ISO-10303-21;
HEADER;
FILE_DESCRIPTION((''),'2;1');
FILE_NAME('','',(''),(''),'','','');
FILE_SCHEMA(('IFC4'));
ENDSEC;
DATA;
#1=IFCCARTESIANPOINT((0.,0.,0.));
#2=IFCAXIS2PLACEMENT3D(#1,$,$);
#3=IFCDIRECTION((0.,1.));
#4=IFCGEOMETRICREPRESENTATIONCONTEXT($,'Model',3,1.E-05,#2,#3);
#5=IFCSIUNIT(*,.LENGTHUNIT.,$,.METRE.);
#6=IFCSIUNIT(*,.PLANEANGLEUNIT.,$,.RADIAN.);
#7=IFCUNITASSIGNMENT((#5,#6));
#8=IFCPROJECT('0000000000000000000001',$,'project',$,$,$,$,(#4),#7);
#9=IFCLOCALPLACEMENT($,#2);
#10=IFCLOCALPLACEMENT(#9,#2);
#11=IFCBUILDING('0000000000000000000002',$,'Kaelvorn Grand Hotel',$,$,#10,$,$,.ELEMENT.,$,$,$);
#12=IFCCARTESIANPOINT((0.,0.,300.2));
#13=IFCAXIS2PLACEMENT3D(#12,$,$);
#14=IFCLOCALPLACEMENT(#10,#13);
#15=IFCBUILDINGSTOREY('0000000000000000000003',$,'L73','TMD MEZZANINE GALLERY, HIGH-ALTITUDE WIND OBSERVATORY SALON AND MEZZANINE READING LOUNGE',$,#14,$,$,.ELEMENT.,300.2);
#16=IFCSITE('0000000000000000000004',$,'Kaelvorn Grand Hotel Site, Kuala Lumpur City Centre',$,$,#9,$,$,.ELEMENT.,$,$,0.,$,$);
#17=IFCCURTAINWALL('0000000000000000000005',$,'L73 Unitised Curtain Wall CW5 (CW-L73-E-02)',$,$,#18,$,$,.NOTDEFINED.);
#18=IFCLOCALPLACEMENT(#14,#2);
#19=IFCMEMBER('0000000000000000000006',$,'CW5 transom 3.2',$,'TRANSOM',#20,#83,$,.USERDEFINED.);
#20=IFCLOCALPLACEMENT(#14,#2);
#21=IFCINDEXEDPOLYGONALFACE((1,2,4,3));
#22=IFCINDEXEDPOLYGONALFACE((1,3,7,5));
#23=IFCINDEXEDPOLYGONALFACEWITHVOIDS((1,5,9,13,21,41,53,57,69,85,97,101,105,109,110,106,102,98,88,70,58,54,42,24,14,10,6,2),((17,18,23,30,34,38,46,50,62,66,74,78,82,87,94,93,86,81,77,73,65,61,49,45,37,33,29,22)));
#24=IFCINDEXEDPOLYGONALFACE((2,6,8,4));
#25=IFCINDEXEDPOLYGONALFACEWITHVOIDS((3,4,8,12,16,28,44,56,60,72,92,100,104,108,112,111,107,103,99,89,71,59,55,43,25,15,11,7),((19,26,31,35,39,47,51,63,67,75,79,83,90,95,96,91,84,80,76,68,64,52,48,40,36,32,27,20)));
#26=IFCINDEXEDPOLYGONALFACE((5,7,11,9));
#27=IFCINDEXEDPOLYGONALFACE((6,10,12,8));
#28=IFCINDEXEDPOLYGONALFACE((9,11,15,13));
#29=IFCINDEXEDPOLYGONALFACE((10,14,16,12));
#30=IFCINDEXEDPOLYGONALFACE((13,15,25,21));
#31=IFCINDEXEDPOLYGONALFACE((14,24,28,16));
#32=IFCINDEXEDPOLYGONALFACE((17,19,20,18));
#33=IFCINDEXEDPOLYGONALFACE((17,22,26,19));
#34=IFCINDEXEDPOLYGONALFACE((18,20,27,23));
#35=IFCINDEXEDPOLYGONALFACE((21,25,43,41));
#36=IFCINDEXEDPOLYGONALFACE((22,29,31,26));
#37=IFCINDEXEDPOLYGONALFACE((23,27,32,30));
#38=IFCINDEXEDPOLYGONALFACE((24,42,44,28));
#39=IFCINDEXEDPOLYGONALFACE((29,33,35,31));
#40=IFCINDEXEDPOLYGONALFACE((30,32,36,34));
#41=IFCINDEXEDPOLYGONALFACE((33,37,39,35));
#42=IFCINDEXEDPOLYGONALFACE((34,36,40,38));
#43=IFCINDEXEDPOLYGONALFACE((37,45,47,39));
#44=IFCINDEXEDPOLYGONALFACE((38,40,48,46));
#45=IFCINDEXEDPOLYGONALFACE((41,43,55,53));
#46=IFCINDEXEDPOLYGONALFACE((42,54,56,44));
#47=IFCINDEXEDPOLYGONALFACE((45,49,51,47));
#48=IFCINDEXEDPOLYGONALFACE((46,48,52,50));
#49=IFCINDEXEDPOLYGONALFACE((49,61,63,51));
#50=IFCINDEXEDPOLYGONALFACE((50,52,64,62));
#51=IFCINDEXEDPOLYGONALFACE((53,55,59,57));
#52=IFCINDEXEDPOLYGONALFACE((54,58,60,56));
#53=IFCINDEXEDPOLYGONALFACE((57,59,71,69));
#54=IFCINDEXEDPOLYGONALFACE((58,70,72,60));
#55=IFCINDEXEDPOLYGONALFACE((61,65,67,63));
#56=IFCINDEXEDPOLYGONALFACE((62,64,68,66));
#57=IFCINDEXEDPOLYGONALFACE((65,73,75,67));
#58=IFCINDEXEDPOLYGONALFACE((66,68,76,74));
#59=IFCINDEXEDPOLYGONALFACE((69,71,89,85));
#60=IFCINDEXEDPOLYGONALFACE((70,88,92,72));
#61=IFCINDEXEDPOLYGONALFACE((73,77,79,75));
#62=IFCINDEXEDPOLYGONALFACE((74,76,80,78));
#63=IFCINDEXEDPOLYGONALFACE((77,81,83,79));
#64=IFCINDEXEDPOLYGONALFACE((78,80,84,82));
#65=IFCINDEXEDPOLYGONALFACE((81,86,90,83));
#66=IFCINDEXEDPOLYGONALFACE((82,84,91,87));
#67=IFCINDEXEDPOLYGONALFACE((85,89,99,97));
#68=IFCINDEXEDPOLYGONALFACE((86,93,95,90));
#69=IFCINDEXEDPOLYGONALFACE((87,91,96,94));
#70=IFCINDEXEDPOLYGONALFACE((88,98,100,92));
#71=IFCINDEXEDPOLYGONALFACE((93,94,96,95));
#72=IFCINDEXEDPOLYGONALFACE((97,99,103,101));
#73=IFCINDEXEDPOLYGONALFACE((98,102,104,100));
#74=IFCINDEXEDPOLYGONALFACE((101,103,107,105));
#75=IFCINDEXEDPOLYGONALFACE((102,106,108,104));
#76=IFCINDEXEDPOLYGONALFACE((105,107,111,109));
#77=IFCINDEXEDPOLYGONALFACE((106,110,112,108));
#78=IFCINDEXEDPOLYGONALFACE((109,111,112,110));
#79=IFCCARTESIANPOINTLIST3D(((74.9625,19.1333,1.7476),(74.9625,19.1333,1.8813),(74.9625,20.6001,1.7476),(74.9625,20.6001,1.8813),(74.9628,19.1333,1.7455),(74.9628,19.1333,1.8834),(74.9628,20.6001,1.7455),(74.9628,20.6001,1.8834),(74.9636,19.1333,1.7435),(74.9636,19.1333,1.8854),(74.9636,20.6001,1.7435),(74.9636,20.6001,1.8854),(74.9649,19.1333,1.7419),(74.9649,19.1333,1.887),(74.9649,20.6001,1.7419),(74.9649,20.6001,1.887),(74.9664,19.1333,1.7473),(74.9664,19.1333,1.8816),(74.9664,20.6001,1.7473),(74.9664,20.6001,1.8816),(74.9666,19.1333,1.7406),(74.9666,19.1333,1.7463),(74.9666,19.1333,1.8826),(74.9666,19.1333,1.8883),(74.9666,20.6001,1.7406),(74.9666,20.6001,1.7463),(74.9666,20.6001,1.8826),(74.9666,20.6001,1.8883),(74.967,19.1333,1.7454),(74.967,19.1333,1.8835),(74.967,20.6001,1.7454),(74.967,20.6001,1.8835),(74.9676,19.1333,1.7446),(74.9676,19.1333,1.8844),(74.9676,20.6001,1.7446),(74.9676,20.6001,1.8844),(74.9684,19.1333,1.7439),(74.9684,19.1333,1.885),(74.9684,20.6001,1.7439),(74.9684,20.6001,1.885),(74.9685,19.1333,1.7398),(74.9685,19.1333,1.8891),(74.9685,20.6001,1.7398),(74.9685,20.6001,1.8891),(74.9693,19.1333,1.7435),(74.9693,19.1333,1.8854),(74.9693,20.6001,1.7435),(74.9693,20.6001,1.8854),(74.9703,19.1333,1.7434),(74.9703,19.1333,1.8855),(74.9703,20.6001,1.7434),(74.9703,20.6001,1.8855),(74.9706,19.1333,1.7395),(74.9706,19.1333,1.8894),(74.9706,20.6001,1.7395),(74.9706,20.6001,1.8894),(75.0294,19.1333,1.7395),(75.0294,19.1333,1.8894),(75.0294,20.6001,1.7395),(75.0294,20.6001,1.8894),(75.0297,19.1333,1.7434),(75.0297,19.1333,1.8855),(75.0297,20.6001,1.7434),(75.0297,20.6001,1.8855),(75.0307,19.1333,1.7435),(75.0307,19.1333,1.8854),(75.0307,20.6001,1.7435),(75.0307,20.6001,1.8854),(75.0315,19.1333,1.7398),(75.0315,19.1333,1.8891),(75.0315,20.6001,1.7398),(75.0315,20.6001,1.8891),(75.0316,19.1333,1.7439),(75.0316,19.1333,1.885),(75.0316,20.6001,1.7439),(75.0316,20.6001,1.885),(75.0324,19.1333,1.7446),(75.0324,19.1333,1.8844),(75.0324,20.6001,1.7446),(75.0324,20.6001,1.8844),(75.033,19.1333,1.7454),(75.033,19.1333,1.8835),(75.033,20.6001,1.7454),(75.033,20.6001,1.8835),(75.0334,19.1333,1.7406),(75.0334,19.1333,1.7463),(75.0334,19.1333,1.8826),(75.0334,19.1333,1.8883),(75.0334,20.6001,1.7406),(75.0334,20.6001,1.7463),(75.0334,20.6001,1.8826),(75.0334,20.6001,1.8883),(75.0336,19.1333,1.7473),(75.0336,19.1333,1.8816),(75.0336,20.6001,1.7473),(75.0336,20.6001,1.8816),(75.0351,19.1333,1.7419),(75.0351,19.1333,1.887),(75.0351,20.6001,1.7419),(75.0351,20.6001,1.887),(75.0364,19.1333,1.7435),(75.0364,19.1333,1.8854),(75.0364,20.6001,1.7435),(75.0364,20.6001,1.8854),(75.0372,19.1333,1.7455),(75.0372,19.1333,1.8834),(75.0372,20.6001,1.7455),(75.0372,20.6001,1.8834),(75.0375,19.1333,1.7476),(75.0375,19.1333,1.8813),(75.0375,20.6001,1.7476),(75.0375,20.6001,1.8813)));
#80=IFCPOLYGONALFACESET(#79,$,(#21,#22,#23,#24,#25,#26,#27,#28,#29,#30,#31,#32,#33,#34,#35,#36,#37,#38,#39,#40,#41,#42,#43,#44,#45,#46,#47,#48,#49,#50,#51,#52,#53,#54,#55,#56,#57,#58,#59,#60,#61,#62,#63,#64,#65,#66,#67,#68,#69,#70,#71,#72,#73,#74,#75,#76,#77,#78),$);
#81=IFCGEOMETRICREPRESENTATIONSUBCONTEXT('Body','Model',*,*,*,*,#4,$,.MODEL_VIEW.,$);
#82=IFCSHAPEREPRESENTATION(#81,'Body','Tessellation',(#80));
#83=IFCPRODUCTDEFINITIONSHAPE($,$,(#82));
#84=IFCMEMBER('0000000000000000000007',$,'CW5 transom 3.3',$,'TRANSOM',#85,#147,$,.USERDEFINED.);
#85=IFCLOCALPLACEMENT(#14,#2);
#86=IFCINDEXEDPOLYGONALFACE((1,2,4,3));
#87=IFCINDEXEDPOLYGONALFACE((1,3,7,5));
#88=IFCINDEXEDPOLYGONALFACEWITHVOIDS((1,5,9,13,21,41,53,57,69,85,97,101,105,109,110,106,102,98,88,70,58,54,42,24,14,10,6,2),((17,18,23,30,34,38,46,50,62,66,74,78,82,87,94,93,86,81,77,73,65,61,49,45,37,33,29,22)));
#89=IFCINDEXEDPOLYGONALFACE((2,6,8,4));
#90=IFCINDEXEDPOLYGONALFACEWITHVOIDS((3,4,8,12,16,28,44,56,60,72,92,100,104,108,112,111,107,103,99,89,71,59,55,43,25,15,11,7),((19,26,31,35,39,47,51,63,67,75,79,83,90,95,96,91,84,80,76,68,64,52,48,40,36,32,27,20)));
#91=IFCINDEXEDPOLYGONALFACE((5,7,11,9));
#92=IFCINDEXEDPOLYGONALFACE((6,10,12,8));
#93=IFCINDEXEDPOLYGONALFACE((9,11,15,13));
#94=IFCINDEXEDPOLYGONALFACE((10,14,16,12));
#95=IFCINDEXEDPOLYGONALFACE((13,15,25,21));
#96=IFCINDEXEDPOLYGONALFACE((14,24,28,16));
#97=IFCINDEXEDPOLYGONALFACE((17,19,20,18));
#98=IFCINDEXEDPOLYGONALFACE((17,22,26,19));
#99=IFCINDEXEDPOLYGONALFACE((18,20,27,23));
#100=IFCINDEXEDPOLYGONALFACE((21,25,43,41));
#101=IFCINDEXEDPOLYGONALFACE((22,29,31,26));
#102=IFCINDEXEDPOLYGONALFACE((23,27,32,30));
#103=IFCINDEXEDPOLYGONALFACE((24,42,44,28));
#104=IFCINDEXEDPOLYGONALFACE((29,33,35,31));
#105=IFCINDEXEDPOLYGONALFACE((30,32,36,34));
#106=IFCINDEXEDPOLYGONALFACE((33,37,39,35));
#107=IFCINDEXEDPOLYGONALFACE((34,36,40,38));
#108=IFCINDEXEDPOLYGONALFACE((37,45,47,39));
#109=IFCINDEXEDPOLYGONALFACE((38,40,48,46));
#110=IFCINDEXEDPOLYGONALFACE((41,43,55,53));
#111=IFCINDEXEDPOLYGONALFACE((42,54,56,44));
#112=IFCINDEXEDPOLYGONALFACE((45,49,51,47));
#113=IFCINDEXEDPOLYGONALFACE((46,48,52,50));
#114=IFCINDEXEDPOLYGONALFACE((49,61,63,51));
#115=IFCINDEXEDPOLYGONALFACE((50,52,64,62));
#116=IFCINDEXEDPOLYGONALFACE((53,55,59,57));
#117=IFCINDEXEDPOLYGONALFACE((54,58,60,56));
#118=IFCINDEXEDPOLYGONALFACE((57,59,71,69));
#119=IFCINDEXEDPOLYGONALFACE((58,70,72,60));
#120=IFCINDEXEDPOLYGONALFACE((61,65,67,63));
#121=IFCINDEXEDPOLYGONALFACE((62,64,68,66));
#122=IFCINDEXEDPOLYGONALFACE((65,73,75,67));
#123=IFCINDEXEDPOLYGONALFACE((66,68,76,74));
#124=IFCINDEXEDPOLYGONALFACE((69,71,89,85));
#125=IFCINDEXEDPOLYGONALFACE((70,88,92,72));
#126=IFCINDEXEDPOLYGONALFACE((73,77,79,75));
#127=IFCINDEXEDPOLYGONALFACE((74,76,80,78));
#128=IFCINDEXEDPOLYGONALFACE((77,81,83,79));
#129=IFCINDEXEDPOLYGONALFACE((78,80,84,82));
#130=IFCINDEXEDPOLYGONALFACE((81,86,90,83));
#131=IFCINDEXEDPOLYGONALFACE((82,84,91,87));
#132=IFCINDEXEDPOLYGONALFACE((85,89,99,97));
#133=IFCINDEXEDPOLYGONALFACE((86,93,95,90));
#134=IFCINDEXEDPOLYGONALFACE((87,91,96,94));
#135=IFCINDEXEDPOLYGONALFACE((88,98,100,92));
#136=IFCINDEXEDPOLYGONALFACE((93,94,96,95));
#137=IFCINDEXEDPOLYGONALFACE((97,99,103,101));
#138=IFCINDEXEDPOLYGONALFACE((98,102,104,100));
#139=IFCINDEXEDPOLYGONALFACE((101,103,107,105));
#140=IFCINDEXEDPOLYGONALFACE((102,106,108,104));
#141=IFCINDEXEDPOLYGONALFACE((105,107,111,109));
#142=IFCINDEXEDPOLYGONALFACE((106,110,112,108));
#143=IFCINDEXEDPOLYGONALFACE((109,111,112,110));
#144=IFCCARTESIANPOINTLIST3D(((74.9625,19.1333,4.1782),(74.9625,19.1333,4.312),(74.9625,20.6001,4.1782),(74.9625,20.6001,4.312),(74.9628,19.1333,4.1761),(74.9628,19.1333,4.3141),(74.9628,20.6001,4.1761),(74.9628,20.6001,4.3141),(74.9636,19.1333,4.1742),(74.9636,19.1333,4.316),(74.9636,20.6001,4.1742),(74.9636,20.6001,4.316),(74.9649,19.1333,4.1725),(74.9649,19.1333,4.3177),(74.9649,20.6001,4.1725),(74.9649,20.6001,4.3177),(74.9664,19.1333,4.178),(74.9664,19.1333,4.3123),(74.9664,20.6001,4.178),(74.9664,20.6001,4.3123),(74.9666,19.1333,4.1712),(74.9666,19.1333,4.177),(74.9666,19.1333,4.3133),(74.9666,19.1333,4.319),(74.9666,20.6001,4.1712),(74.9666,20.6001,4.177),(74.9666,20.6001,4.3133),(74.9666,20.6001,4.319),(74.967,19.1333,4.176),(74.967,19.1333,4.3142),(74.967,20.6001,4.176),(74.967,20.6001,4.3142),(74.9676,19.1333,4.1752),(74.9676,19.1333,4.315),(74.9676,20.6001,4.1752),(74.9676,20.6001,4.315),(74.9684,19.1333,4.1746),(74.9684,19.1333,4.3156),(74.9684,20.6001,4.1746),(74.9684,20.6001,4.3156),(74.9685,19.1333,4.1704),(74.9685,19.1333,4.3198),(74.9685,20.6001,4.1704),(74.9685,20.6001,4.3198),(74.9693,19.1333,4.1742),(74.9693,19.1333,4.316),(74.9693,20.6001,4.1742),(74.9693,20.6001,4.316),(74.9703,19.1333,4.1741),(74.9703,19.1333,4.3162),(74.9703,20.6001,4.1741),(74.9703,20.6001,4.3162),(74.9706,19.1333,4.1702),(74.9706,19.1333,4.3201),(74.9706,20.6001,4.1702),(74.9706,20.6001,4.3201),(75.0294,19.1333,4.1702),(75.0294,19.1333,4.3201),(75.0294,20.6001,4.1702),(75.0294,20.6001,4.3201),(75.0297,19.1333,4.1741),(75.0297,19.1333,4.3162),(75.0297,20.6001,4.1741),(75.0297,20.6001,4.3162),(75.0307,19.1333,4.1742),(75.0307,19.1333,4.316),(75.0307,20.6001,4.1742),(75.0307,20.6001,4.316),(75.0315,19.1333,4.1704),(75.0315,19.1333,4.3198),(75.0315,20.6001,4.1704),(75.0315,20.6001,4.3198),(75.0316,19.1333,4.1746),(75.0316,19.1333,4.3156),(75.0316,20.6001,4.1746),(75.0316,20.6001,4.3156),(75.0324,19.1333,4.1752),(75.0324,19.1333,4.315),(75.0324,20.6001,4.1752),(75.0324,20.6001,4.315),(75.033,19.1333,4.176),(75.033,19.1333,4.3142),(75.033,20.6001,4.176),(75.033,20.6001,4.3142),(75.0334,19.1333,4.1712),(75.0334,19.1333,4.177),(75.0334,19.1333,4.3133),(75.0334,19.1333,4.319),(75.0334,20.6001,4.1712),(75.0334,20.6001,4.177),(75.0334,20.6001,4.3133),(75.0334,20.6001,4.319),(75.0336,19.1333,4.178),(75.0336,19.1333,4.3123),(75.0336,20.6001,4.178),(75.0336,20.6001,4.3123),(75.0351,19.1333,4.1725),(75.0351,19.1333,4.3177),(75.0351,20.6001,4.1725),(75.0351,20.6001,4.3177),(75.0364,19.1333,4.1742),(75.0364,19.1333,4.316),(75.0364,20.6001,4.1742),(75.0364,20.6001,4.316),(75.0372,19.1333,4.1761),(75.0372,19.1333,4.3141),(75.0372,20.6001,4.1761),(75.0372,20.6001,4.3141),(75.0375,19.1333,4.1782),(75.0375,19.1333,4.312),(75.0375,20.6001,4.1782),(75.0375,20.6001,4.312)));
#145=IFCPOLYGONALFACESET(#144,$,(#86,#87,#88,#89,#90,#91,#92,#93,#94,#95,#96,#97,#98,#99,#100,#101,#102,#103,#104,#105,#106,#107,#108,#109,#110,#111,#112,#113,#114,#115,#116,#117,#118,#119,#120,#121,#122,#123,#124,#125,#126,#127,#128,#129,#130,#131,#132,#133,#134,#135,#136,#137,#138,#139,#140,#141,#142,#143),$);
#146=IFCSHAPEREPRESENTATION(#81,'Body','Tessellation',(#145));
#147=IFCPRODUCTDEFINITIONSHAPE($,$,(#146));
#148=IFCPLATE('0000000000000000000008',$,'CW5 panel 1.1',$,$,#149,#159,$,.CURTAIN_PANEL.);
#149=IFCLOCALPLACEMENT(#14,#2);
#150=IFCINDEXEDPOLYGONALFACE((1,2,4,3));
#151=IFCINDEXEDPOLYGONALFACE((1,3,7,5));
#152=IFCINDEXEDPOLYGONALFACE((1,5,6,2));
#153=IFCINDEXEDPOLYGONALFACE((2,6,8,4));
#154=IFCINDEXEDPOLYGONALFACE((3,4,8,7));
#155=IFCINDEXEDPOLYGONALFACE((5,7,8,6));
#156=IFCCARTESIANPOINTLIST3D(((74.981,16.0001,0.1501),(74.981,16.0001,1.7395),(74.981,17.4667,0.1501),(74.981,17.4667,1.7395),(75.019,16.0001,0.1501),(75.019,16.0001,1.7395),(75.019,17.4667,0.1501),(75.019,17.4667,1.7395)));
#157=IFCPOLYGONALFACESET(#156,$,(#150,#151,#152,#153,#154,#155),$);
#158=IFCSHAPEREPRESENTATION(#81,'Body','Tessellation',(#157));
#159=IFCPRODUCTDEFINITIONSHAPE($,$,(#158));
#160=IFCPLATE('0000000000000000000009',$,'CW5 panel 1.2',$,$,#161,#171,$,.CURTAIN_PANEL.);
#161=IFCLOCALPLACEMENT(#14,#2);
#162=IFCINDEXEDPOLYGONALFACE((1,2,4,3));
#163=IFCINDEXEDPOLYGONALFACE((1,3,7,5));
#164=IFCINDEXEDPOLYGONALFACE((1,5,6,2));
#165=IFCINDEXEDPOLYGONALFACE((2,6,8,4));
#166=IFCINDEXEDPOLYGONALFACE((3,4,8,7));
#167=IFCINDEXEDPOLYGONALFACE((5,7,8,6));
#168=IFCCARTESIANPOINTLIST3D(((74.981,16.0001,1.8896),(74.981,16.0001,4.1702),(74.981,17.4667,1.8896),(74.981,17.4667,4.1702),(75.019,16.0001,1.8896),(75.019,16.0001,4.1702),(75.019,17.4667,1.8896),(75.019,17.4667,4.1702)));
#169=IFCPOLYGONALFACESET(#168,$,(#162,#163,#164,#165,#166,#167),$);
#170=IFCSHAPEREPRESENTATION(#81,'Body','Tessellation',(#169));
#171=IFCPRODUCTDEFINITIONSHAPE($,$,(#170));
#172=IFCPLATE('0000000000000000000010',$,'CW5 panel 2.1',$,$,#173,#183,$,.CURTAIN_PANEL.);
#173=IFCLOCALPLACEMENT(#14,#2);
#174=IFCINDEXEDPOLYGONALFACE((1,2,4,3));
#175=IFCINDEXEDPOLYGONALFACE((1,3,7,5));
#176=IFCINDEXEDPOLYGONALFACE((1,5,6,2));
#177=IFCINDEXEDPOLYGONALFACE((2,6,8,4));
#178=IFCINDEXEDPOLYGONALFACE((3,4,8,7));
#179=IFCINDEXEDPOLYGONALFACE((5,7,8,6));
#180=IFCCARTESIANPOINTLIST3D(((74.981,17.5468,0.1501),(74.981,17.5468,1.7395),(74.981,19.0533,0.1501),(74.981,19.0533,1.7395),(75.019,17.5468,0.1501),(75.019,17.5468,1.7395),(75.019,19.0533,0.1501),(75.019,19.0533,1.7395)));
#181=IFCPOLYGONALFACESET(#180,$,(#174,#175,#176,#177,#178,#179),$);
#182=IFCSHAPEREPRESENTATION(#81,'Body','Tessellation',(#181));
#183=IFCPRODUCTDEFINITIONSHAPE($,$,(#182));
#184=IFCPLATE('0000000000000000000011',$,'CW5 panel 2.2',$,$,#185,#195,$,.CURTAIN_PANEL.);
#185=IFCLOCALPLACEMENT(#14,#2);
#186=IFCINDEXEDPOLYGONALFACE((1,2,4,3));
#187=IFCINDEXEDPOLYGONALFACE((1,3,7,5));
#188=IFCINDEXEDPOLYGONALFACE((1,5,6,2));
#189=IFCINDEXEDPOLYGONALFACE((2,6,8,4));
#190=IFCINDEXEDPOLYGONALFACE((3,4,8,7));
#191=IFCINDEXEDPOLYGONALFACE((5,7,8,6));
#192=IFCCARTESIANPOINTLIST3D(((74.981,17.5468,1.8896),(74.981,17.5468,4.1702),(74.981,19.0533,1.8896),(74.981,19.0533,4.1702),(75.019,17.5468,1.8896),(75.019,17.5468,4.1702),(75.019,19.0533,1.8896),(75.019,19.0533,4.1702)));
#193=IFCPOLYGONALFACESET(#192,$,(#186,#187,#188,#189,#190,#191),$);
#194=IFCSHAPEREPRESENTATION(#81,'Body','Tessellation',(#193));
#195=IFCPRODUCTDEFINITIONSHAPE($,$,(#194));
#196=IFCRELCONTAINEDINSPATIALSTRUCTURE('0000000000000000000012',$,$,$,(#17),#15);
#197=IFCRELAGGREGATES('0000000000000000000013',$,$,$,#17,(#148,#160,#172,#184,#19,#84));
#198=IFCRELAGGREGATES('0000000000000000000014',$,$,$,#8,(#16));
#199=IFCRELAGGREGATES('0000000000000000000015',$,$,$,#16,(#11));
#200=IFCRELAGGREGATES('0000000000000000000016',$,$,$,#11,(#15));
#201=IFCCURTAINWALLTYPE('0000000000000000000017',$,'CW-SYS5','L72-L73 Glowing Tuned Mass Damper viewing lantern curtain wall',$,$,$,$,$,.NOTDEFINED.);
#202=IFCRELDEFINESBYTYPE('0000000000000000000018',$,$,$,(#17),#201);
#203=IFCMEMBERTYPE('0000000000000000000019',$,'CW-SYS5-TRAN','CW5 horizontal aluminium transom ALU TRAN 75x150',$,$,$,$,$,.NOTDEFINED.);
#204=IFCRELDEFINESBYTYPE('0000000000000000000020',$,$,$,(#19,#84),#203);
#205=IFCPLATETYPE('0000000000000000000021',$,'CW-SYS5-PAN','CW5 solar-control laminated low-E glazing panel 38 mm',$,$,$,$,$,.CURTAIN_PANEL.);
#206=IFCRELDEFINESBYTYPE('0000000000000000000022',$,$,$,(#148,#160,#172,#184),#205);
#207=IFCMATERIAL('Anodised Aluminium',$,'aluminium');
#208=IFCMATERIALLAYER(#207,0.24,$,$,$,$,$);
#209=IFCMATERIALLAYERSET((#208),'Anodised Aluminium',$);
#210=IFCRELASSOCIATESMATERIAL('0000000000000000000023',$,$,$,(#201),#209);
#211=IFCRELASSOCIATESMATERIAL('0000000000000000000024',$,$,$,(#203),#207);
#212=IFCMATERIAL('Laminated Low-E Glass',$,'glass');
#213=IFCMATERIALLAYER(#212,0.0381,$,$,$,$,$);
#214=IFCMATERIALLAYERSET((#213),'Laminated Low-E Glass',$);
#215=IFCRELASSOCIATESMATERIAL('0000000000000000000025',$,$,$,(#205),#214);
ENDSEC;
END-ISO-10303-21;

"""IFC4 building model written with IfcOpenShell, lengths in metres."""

from ifc_helpers import new_model, si_unit, direction, frame, origin, origin_2d, place, context, subcontext, project, spatial, rectangle, hollow_rectangle, extrude, material, layer, layer_set, material_profile, profile_set, type_object, element, aggregate, save


model = new_model("IFC4")

# Units and contexts
model_context = context("Model", 3, precision=1e-05, world=origin(), true_north=direction((0.0, 1.0)))
body_context = subcontext(model_context, "Body", "Model", "MODEL_VIEW")
ifc_project = project(units=[si_unit("LENGTHUNIT", "METRE"), si_unit("PLANEANGLEUNIT", "RADIAN")], contexts=[model_context])

# Site, building, storey
site_placement = place(None, origin())
site = spatial("IfcSite", under=ifc_project, at=site_placement, Name="Kaelvorn Grand Hotel Site, Kuala Lumpur City Centre", CompositionType="ELEMENT", RefElevation=0.0)
building_placement = place(site_placement, origin())
building = spatial("IfcBuilding", under=site, at=building_placement, Name="Kaelvorn Grand Hotel", CompositionType="ELEMENT")
storey_placement = place(building_placement, frame((0.0, 0.0, 300.2)))
storey = spatial("IfcBuildingStorey", under=building, at=storey_placement, Name="L73", Description="TMD MEZZANINE GALLERY, HIGH-ALTITUDE WIND OBSERVATORY SALON AND MEZZANINE READING LOUNGE", CompositionType="ELEMENT", Elevation=300.2)

# Curtain wall, members, plates
ifc_material_1 = material(Name="Anodised Aluminium", Category="aluminium")
ifc_layer_1 = layer(ifc_material_1, 0.24)
ifc_layer_set_1 = layer_set([ifc_layer_1], Name="Anodised Aluminium")
curtain_wall_type = type_object("IfcCurtainWallType", Name="CW-SYS5", Description="L72-L73 Glowing Tuned Mass Damper viewing lantern curtain wall", PredefinedType="NOTDEFINED", material=ifc_layer_set_1)
curtain_wall_placement = place(storey_placement, origin())
curtain_wall = element("IfcCurtainWall", 1, at=curtain_wall_placement, inside=storey, type_object=curtain_wall_type, Name="L73 Unitised Curtain Wall CW5 (CW-L73-E-02)", PredefinedType="NOTDEFINED")
ifc_material_profile_1 = material_profile(ifc_material_1, hollow_rectangle(XDim=0.075, YDim=0.1499, WallThickness=0.0039, InnerFilletRadius=0.0039, OuterFilletRadius=0.0081, at=origin_2d()), Name="ALU TRAN 75x150")
ifc_profile_set_1 = profile_set([ifc_material_profile_1], Name="Anodised Aluminium")
member_type_1 = type_object("IfcMemberType", Name="CW-SYS5-TRAN", Description="CW5 horizontal aluminium transom ALU TRAN 75x150", PredefinedType="NOTDEFINED", material=ifc_profile_set_1)
member_1_placement = place(storey_placement, frame((75.0, 19.1333, 1.8145), z_axis=(0.0, 1.0, 0.0), x_axis=(-1.0, 0.0, 0.0)))
member_1 = element("IfcMember", 2, at=member_1_placement, type_object=member_type_1, Name="CW5 transom 3.2", ObjectType="TRANSOM", PredefinedType="USERDEFINED", context=body_context, shape_type="SweptSolid", body=[
    extrude(hollow_rectangle(XDim=0.075, YDim=0.1499, WallThickness=0.0039, InnerFilletRadius=0.0039, OuterFilletRadius=0.0081, at=origin_2d()), origin(), (0.0, 0.0, 1.0), 1.4668),
])
member_2_placement = place(storey_placement, frame((75.0, 19.1333, 4.2451), z_axis=(0.0, 1.0, 0.0), x_axis=(-1.0, 0.0, 0.0)))
member_2 = element("IfcMember", 3, at=member_2_placement, type_object=member_type_1, Name="CW5 transom 3.3", ObjectType="TRANSOM", PredefinedType="USERDEFINED", context=body_context, shape_type="SweptSolid", body=[
    extrude(hollow_rectangle(XDim=0.075, YDim=0.1499, WallThickness=0.0039, InnerFilletRadius=0.0039, OuterFilletRadius=0.0081, at=origin_2d()), origin(), (0.0, 0.0, 1.0), 1.4668),
])
ifc_material_2 = material(Name="Laminated Low-E Glass", Category="glass")
ifc_layer_2 = layer(ifc_material_2, 0.0381)
ifc_layer_set_2 = layer_set([ifc_layer_2], Name="Laminated Low-E Glass")
plate_type = type_object("IfcPlateType", Name="CW-SYS5-PAN", Description="CW5 solar-control laminated low-E glazing panel 38 mm", PredefinedType="CURTAIN_PANEL", material=ifc_layer_set_2)
plate_1_placement = place(storey_placement, frame((75.0, 16.7334, 0.1501), z_axis=(0.0, 0.0, 1.0), x_axis=(0.0, 1.0, 0.0)))
plate_1 = element("IfcPlate", 4, at=plate_1_placement, type_object=plate_type, Name="CW5 panel 1.1", PredefinedType="CURTAIN_PANEL", context=body_context, shape_type="SweptSolid", body=[
    extrude(rectangle(XDim=1.4666, YDim=0.0381, at=origin_2d()), origin(), (0.0, 0.0, 1.0), 1.5894),
])
plate_2_placement = place(storey_placement, frame((75.0, 16.7334, 1.8896), z_axis=(0.0, 0.0, 1.0), x_axis=(0.0, 1.0, 0.0)))
plate_2 = element("IfcPlate", 5, at=plate_2_placement, type_object=plate_type, Name="CW5 panel 1.2", PredefinedType="CURTAIN_PANEL", context=body_context, shape_type="SweptSolid", body=[
    extrude(rectangle(XDim=1.4666, YDim=0.0381, at=origin_2d()), origin(), (0.0, 0.0, 1.0), 2.2805),
])
plate_3_placement = place(storey_placement, frame((75.0, 18.3, 0.1501), z_axis=(0.0, 0.0, 1.0), x_axis=(0.0, 1.0, 0.0)))
plate_3 = element("IfcPlate", 6, at=plate_3_placement, type_object=plate_type, Name="CW5 panel 2.1", PredefinedType="CURTAIN_PANEL", context=body_context, shape_type="SweptSolid", body=[
    extrude(rectangle(XDim=1.5066, YDim=0.0381, at=origin_2d()), origin(), (0.0, 0.0, 1.0), 1.5894),
])
plate_4_placement = place(storey_placement, frame((75.0, 18.3, 1.8896), z_axis=(0.0, 0.0, 1.0), x_axis=(0.0, 1.0, 0.0)))
plate_4 = element("IfcPlate", 7, at=plate_4_placement, type_object=plate_type, Name="CW5 panel 2.2", PredefinedType="CURTAIN_PANEL", context=body_context, shape_type="SweptSolid", body=[
    extrude(rectangle(XDim=1.5066, YDim=0.0381, at=origin_2d()), origin(), (0.0, 0.0, 1.0), 2.2805),
])
aggregate(curtain_wall, [plate_1, plate_2, plate_3, plate_4, member_1, member_2])

save(model, "model.ifc")
